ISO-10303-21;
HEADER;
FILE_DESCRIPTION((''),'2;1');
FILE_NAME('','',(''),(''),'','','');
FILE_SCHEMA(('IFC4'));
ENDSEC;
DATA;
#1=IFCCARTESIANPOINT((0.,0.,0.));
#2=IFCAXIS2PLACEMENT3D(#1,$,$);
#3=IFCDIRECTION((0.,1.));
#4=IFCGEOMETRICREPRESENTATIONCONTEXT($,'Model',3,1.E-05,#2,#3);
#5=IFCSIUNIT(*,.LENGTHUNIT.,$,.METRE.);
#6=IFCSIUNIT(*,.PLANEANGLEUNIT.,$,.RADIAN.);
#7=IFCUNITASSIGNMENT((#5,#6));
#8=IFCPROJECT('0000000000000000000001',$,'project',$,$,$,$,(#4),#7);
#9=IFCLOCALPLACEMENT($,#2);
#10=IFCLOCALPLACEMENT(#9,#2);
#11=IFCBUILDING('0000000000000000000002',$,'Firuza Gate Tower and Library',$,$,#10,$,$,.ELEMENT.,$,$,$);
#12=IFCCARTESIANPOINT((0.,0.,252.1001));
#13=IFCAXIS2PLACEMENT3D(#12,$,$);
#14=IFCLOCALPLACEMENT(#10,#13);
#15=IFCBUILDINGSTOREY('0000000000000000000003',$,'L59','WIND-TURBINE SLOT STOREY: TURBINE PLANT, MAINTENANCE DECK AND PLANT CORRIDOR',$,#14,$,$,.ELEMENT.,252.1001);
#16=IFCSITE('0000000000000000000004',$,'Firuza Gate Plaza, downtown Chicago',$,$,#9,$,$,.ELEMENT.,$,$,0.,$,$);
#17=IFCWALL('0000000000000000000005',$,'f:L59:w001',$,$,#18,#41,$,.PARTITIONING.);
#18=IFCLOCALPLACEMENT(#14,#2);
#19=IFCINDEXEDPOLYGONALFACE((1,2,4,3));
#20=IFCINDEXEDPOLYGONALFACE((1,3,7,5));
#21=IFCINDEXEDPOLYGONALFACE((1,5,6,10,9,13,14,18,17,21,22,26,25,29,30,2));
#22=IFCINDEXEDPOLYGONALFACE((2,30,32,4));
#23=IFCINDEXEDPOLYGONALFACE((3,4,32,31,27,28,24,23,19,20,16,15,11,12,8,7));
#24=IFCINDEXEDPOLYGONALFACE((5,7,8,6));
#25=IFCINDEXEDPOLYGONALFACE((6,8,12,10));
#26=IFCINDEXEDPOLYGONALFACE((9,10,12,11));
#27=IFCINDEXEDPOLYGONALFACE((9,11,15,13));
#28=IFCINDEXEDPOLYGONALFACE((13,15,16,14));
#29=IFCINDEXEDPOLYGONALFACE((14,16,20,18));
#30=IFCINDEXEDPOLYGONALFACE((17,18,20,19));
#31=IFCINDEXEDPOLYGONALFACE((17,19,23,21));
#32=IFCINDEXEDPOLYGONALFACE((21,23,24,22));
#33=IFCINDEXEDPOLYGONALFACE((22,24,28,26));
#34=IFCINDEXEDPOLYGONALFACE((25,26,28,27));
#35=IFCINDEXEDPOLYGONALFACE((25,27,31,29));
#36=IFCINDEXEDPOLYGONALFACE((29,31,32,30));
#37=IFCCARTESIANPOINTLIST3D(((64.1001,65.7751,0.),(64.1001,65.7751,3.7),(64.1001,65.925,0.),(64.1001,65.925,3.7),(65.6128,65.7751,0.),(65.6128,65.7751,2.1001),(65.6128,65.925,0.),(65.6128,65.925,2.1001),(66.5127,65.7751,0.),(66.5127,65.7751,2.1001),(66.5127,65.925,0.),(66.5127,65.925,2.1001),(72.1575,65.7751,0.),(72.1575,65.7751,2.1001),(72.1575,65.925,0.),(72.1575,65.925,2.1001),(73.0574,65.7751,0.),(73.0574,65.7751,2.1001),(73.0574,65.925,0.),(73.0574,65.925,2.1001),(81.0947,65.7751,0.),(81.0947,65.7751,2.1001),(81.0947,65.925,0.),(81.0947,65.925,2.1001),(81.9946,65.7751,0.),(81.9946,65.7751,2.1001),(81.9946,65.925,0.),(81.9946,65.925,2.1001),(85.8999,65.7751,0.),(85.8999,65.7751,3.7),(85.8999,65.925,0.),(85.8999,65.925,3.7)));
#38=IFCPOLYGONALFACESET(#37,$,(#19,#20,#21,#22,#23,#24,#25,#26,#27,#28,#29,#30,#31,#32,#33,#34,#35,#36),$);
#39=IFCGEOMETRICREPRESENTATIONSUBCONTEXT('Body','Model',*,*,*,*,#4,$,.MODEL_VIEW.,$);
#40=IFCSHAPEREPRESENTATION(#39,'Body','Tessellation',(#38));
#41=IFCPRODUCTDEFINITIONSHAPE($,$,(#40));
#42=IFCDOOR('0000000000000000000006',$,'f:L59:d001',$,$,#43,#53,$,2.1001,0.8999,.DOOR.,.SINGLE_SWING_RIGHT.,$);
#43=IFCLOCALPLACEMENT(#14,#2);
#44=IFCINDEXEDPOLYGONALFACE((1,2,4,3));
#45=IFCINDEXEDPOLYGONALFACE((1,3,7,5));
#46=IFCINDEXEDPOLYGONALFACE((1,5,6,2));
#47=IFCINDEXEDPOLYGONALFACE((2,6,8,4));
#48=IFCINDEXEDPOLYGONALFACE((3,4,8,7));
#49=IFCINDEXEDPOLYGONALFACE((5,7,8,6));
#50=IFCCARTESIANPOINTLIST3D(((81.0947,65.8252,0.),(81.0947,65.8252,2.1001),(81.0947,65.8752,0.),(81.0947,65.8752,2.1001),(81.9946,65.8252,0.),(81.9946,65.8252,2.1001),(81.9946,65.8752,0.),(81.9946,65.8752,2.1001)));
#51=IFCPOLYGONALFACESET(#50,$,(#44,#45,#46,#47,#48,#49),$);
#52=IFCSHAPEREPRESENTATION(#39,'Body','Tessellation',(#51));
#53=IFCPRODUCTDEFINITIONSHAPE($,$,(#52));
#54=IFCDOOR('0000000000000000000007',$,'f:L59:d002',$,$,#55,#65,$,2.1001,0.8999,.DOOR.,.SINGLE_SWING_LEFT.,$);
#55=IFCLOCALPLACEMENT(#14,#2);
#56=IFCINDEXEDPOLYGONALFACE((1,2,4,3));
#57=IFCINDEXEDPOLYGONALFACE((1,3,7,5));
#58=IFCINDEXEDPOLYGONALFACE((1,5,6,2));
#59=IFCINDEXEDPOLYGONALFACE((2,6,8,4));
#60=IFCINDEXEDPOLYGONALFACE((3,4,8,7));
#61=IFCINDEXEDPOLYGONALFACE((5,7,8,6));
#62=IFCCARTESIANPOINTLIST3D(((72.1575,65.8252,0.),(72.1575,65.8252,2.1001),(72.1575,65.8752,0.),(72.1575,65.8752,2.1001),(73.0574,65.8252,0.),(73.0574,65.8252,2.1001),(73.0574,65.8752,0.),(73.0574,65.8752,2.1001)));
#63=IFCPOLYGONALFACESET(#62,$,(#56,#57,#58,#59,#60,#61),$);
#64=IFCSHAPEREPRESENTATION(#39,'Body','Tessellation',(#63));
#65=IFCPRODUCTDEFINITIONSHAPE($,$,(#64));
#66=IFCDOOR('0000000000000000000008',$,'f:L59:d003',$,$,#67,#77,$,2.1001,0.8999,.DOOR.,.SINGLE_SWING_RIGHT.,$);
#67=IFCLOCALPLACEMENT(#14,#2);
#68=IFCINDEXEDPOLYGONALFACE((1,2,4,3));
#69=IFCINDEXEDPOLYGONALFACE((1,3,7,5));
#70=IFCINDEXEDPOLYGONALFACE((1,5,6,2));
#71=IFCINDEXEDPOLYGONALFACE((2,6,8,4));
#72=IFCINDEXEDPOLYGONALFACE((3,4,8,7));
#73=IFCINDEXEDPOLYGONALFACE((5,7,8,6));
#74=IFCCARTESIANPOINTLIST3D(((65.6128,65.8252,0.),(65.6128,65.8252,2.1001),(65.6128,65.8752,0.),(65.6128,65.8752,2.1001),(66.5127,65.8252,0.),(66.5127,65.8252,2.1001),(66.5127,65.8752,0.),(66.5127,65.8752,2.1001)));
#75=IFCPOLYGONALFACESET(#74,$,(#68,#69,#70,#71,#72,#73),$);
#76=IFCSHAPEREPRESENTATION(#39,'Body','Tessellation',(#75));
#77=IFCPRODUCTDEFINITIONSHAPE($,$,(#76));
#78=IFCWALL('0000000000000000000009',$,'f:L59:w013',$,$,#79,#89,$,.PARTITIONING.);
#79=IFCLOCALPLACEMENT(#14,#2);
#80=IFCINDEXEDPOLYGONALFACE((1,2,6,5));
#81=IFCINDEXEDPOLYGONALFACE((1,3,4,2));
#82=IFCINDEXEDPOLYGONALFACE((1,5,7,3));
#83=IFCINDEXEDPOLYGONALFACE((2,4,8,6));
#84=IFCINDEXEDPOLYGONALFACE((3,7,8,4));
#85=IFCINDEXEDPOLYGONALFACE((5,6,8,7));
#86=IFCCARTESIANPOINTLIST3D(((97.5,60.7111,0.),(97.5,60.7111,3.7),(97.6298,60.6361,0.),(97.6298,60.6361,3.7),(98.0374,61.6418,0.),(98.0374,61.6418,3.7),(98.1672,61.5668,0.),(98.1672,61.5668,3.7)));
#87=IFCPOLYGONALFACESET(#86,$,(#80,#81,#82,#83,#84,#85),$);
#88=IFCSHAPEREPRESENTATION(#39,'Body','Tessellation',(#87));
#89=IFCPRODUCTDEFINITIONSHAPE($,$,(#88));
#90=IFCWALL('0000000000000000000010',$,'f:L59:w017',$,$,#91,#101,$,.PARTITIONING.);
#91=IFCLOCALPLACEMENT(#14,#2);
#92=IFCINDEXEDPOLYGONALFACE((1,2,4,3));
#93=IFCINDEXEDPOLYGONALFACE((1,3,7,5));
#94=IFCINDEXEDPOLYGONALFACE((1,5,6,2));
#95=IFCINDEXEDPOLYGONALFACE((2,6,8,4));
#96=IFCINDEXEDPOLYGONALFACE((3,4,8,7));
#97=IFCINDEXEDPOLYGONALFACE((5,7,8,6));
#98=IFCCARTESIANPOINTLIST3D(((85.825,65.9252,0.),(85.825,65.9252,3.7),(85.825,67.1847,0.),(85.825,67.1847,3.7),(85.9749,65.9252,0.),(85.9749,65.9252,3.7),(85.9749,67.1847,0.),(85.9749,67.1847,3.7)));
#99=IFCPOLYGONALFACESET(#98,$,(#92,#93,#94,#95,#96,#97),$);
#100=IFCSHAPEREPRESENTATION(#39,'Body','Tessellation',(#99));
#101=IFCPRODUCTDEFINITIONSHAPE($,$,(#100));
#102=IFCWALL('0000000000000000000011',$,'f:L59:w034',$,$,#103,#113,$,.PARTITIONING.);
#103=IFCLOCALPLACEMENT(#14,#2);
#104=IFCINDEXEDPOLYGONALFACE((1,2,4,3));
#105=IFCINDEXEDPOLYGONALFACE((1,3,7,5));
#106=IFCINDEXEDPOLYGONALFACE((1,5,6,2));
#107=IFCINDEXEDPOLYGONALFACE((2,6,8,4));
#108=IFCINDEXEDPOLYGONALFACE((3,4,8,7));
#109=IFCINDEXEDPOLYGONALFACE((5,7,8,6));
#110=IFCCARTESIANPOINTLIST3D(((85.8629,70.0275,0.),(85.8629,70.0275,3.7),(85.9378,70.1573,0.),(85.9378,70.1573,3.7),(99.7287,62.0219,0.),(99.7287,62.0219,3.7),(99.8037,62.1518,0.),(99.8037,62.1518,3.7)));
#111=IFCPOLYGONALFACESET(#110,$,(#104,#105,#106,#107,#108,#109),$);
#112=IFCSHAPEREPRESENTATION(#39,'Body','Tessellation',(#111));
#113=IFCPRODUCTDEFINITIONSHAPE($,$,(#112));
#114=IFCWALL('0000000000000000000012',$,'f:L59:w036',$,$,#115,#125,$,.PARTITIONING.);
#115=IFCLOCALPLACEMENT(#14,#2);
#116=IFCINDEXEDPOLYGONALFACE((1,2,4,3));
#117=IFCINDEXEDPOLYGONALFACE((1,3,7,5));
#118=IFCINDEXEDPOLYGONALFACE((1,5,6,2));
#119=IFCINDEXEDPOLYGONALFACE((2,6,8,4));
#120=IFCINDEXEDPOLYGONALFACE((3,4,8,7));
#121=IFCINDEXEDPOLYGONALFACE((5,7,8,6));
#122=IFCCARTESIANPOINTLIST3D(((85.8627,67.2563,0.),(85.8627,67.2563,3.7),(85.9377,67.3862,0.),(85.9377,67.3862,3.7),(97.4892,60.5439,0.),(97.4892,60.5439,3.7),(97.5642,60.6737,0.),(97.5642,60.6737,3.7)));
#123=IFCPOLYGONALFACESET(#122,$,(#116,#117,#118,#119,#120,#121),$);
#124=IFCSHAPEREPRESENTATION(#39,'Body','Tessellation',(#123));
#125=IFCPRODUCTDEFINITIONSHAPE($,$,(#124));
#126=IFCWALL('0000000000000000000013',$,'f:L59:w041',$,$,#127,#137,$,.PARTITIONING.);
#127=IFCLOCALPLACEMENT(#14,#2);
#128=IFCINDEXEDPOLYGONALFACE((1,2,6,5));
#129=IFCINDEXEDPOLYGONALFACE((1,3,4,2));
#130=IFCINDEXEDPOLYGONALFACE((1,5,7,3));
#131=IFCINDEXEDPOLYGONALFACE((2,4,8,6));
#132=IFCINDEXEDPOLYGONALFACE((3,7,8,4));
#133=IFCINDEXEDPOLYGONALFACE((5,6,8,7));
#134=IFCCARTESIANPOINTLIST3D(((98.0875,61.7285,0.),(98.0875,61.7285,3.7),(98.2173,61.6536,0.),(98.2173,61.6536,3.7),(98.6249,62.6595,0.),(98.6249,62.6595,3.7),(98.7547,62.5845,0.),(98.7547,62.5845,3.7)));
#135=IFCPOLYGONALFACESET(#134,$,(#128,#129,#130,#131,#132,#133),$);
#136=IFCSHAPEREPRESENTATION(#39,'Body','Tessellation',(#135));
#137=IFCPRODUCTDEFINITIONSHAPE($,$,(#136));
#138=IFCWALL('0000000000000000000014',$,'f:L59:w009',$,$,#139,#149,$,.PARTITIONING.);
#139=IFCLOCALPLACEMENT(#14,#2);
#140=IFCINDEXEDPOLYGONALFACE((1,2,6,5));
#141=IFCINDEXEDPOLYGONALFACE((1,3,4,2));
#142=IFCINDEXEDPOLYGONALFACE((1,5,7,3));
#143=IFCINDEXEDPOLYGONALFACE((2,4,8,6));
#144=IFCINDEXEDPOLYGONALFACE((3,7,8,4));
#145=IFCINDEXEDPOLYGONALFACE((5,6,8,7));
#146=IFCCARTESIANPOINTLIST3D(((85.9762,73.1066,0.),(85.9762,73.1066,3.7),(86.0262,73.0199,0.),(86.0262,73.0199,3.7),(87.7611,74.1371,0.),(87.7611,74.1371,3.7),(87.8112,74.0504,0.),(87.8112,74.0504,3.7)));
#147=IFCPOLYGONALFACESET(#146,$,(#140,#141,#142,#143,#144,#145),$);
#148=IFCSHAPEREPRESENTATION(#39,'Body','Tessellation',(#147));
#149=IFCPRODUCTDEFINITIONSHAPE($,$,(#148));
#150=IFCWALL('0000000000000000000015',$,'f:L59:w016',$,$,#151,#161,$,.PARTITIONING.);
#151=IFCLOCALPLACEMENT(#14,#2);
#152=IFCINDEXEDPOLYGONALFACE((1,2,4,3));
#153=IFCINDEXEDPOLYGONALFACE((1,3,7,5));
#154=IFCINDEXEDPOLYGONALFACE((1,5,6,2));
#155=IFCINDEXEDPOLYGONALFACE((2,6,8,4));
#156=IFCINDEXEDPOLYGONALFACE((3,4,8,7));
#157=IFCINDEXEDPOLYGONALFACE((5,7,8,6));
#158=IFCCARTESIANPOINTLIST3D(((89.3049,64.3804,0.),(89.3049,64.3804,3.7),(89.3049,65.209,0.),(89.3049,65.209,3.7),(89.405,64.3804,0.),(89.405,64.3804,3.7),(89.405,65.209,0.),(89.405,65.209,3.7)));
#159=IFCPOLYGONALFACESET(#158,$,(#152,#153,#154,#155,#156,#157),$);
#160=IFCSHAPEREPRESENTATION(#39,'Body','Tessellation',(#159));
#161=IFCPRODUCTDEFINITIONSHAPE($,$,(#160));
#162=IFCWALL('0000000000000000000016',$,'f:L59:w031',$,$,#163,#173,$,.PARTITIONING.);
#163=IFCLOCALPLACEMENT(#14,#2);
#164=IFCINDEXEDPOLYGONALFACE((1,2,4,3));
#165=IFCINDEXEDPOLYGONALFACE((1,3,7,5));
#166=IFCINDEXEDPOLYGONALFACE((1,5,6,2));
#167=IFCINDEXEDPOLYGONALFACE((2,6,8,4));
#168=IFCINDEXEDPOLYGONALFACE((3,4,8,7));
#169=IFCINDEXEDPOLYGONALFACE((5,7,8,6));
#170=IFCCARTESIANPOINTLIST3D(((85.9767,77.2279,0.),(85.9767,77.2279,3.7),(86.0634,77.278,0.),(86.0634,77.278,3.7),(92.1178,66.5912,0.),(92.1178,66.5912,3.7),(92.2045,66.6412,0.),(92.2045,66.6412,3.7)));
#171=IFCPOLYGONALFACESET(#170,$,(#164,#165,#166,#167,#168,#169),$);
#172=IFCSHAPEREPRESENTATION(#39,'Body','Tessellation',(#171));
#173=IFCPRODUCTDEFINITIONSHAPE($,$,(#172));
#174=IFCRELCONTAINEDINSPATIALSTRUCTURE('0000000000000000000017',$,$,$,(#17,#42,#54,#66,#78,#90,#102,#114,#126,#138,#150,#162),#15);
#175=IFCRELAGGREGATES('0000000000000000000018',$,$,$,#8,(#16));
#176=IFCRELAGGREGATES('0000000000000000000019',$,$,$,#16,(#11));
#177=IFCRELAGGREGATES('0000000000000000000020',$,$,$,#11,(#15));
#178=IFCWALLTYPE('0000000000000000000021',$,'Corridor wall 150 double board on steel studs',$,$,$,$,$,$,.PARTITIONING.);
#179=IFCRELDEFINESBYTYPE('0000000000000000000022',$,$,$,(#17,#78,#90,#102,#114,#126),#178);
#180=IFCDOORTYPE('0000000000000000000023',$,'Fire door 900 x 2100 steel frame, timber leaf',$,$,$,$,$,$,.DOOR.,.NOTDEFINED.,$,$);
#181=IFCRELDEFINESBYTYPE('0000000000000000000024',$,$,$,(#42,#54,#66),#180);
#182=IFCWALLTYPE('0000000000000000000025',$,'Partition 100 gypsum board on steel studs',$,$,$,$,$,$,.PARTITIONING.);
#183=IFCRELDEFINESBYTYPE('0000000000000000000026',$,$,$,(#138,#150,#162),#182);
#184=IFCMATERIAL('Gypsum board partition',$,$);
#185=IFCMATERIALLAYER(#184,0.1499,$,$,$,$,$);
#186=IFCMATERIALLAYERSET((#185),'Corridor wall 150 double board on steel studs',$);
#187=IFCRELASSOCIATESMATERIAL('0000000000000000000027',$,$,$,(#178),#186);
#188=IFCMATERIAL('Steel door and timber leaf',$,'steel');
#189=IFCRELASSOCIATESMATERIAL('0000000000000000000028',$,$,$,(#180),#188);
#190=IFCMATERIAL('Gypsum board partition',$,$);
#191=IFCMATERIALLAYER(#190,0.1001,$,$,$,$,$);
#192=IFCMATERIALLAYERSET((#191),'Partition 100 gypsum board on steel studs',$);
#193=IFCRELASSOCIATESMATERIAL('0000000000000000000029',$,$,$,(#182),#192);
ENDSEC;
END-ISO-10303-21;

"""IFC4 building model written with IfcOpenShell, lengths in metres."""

from ifc_helpers import new_model, si_unit, direction, frame, frame_2d, origin, place, context, subcontext, project, spatial, rectangle, extrude, material, layer, layer_set, type_object, element, fill, save


model = new_model("IFC4")

# Units and contexts
model_context = context("Model", 3, precision=1e-05, world=origin(), true_north=direction((0.0, 1.0)))
body_context = subcontext(model_context, "Body", "Model", "MODEL_VIEW")
ifc_project = project(units=[si_unit("LENGTHUNIT", "METRE"), si_unit("PLANEANGLEUNIT", "RADIAN")], contexts=[model_context])

# Site, building, storey
site_placement = place(None, origin())
site = spatial("IfcSite", under=ifc_project, at=site_placement, Name="Firuza Gate Plaza, downtown Chicago", CompositionType="ELEMENT", RefElevation=0.0)
building_placement = place(site_placement, origin())
building = spatial("IfcBuilding", under=site, at=building_placement, Name="Firuza Gate Tower and Library", CompositionType="ELEMENT")
storey_placement = place(building_placement, frame((0.0, 0.0, 252.1001)))
storey = spatial("IfcBuildingStorey", under=building, at=storey_placement, Name="L59", Description="WIND-TURBINE SLOT STOREY: TURBINE PLANT, MAINTENANCE DECK AND PLANT CORRIDOR", CompositionType="ELEMENT", Elevation=252.1001)

# Wall, openings, doors
ifc_material_1 = material(Name="Gypsum board partition")
ifc_layer_1 = layer(ifc_material_1, 0.1499)
ifc_layer_set_1 = layer_set([ifc_layer_1], Name="Corridor wall 150 double board on steel studs")
wall_type_1 = type_object("IfcWallType", Name="Corridor wall 150 double board on steel studs", PredefinedType="PARTITIONING", material=ifc_layer_set_1)
wall_1_placement = place(storey_placement, frame((85.8999, 65.8501, 0.0), z_axis=(0.0, 0.0, 1.0), x_axis=(-1.0, 0.0, 0.0)))
wall_1 = element("IfcWall", 1, at=wall_1_placement, inside=storey, type_object=wall_type_1, Name="f:L59:w001", PredefinedType="PARTITIONING", context=body_context, shape_type="SweptSolid", body=[
    extrude(rectangle(XDim=21.7998, YDim=0.1499, at=frame_2d((10.8999, 0.0))), origin(), (0.0, 0.0, 1.0), 3.7),
])
opening_1_placement = place(wall_1_placement, frame((3.9053, 0.0, 0.0)))
opening_1 = element("IfcOpeningElement", 2, at=opening_1_placement, cuts=wall_1, PredefinedType="OPENING", context=body_context, shape_type="SweptSolid", body=[
    extrude(rectangle(XDim=0.8999, YDim=2.1001, at=frame_2d((0.45, 1.05))), frame((0.0, 0.085, 0.0), z_axis=(0.0, -1.0, 0.0), x_axis=(1.0, 0.0, 0.0)), (0.0, 0.0, 1.0), 0.1699),
])
opening_2_placement = place(wall_1_placement, frame((12.8425, 0.0, 0.0)))
opening_2 = element("IfcOpeningElement", 3, at=opening_2_placement, cuts=wall_1, PredefinedType="OPENING", context=body_context, shape_type="SweptSolid", body=[
    extrude(rectangle(XDim=0.8999, YDim=2.1001, at=frame_2d((0.45, 1.05))), frame((0.0, 0.085, 0.0), z_axis=(0.0, -1.0, 0.0), x_axis=(1.0, 0.0, 0.0)), (0.0, 0.0, 1.0), 0.1699),
])
opening_3_placement = place(wall_1_placement, frame((19.3872, 0.0, 0.0)))
opening_3 = element("IfcOpeningElement", 4, at=opening_3_placement, cuts=wall_1, PredefinedType="OPENING", context=body_context, shape_type="SweptSolid", body=[
    extrude(rectangle(XDim=0.8999, YDim=2.1001, at=frame_2d((0.45, 1.05))), frame((0.0, 0.085, 0.0), z_axis=(0.0, -1.0, 0.0), x_axis=(1.0, 0.0, 0.0)), (0.0, 0.0, 1.0), 0.1699),
])
ifc_material_2 = material(Name="Steel door and timber leaf", Category="steel")
door_type = type_object("IfcDoorType", Name="Fire door 900 x 2100 steel frame, timber leaf", OperationType="NOTDEFINED", PredefinedType="DOOR", material=ifc_material_2)
door_1_placement = place(opening_1_placement, origin())
door_1 = element("IfcDoor", 5, at=door_1_placement, inside=storey, type_object=door_type, Name="f:L59:d001", OperationType="SINGLE_SWING_RIGHT", OverallHeight=2.1001, OverallWidth=0.8999, PredefinedType="DOOR", context=body_context, shape_type="SweptSolid", body=[
    extrude(rectangle(XDim=0.8999, YDim=2.1001, at=frame_2d((0.45, 1.05))), frame((0.0, 0.0249, 0.0), z_axis=(0.0, -1.0, 0.0), x_axis=(1.0, 0.0, 0.0)), (0.0, 0.0, 1.0), 0.05),
])
fill(opening_1, door_1)
door_2_placement = place(opening_2_placement, origin())
door_2 = element("IfcDoor", 6, at=door_2_placement, inside=storey, type_object=door_type, Name="f:L59:d002", OperationType="SINGLE_SWING_LEFT", OverallHeight=2.1001, OverallWidth=0.8999, PredefinedType="DOOR", context=body_context, shape_type="SweptSolid", body=[
    extrude(rectangle(XDim=0.8999, YDim=2.1001, at=frame_2d((0.45, 1.05))), frame((0.0, 0.0249, 0.0), z_axis=(0.0, -1.0, 0.0), x_axis=(1.0, 0.0, 0.0)), (0.0, 0.0, 1.0), 0.05),
])
fill(opening_2, door_2)
door_3_placement = place(opening_3_placement, origin())
door_3 = element("IfcDoor", 7, at=door_3_placement, inside=storey, type_object=door_type, Name="f:L59:d003", OperationType="SINGLE_SWING_RIGHT", OverallHeight=2.1001, OverallWidth=0.8999, PredefinedType="DOOR", context=body_context, shape_type="SweptSolid", body=[
    extrude(rectangle(XDim=0.8999, YDim=2.1001, at=frame_2d((0.45, 1.05))), frame((0.0, 0.0249, 0.0), z_axis=(0.0, -1.0, 0.0), x_axis=(1.0, 0.0, 0.0)), (0.0, 0.0, 1.0), 0.05),
])
fill(opening_3, door_3)

# Walls
wall_2_placement = place(storey_placement, frame((97.5649, 60.6736, 0.0), z_axis=(0.0, 0.0, 1.0), x_axis=(0.500024, 0.866012, 0.0)))
element("IfcWall", 8, at=wall_2_placement, inside=storey, type_object=wall_type_1, Name="f:L59:w013", PredefinedType="PARTITIONING", context=body_context, shape_type="SweptSolid", body=[
    extrude(rectangle(XDim=1.0747, YDim=0.1499, at=frame_2d((0.5374, 0.0))), origin(), (0.0, 0.0, 1.0), 3.7),
])
wall_3_placement = place(storey_placement, frame((85.8999, 65.925, 0.0), z_axis=(0.0, 0.0, 1.0), x_axis=(0.0, 1.0, 0.0)))
element("IfcWall", 9, at=wall_3_placement, inside=storey, type_object=wall_type_1, Name="f:L59:w017", PredefinedType="PARTITIONING", context=body_context, shape_type="SweptSolid", body=[
    extrude(rectangle(XDim=1.2595, YDim=0.1499, at=frame_2d((0.6299, 0.0))), origin(), (0.0, 0.0, 1.0), 3.7),
])
wall_4_placement = place(storey_placement, frame((99.7661, 62.0869, 0.0), z_axis=(0.0, 0.0, 1.0), x_axis=(-0.866023, 0.500004, 0.0)))
element("IfcWall", 10, at=wall_4_placement, inside=storey, type_object=wall_type_1, Name="f:L59:w034", PredefinedType="PARTITIONING", context=body_context, shape_type="SweptSolid", body=[
    extrude(rectangle(XDim=16.011, YDim=0.1499, at=frame_2d((8.0054, 0.0))), origin(), (0.0, 0.0, 1.0), 3.7),
])
wall_5_placement = place(storey_placement, frame((97.5266, 60.6089, 0.0), z_axis=(0.0, 0.0, 1.0), x_axis=(-0.86603, 0.499992, 0.0)))
element("IfcWall", 11, at=wall_5_placement, inside=storey, type_object=wall_type_1, Name="f:L59:w036", PredefinedType="PARTITIONING", context=body_context, shape_type="SweptSolid", body=[
    extrude(rectangle(XDim=13.425, YDim=0.1499, at=frame_2d((6.7124, 0.0))), origin(), (0.0, 0.0, 1.0), 3.7),
])
wall_6_placement = place(storey_placement, frame((98.1523, 61.6909, 0.0), z_axis=(0.0, 0.0, 1.0), x_axis=(0.499926, 0.866068, 0.0)))
element("IfcWall", 12, at=wall_6_placement, inside=storey, type_object=wall_type_1, Name="f:L59:w041", PredefinedType="PARTITIONING", context=body_context, shape_type="SweptSolid", body=[
    extrude(rectangle(XDim=1.075, YDim=0.1499, at=frame_2d((0.5376, 0.0))), origin(), (0.0, 0.0, 1.0), 3.7),
])
ifc_material_3 = material(Name="Gypsum board partition")
ifc_layer_2 = layer(ifc_material_3, 0.1001)
ifc_layer_set_2 = layer_set([ifc_layer_2], Name="Partition 100 gypsum board on steel studs")
wall_type_2 = type_object("IfcWallType", Name="Partition 100 gypsum board on steel studs", PredefinedType="PARTITIONING", material=ifc_layer_set_2)
wall_7_placement = place(storey_placement, frame((86.0012, 73.0632, 0.0), z_axis=(0.0, 0.0, 1.0), x_axis=(0.866026, 0.499999, 0.0)))
element("IfcWall", 13, at=wall_7_placement, inside=storey, type_object=wall_type_2, Name="f:L59:w009", PredefinedType="PARTITIONING", context=body_context, shape_type="SweptSolid", body=[
    extrude(rectangle(XDim=2.061, YDim=0.1001, at=frame_2d((1.0305, 0.0))), origin(), (0.0, 0.0, 1.0), 3.7),
])
wall_8_placement = place(storey_placement, frame((89.355, 64.3804, 0.0), z_axis=(0.0, 0.0, 1.0), x_axis=(0.0, 1.0, 0.0)))
element("IfcWall", 14, at=wall_8_placement, inside=storey, type_object=wall_type_2, Name="f:L59:w016", PredefinedType="PARTITIONING", context=body_context, shape_type="SweptSolid", body=[
    extrude(rectangle(XDim=0.8286, YDim=0.1001, at=frame_2d((0.4143, 0.0))), origin(), (0.0, 0.0, 1.0), 3.7),
])
wall_9_placement = place(storey_placement, frame((92.1611, 66.6162, 0.0), z_axis=(0.0, 0.0, 1.0), x_axis=(-0.5, 0.866025, 0.0)))
element("IfcWall", 15, at=wall_9_placement, inside=storey, type_object=wall_type_2, Name="f:L59:w031", PredefinedType="PARTITIONING", context=body_context, shape_type="SweptSolid", body=[
    extrude(rectangle(XDim=12.2822, YDim=0.1001, at=frame_2d((6.1411, 0.0))), origin(), (0.0, 0.0, 1.0), 3.7),
])

save(model, "model.ifc")
